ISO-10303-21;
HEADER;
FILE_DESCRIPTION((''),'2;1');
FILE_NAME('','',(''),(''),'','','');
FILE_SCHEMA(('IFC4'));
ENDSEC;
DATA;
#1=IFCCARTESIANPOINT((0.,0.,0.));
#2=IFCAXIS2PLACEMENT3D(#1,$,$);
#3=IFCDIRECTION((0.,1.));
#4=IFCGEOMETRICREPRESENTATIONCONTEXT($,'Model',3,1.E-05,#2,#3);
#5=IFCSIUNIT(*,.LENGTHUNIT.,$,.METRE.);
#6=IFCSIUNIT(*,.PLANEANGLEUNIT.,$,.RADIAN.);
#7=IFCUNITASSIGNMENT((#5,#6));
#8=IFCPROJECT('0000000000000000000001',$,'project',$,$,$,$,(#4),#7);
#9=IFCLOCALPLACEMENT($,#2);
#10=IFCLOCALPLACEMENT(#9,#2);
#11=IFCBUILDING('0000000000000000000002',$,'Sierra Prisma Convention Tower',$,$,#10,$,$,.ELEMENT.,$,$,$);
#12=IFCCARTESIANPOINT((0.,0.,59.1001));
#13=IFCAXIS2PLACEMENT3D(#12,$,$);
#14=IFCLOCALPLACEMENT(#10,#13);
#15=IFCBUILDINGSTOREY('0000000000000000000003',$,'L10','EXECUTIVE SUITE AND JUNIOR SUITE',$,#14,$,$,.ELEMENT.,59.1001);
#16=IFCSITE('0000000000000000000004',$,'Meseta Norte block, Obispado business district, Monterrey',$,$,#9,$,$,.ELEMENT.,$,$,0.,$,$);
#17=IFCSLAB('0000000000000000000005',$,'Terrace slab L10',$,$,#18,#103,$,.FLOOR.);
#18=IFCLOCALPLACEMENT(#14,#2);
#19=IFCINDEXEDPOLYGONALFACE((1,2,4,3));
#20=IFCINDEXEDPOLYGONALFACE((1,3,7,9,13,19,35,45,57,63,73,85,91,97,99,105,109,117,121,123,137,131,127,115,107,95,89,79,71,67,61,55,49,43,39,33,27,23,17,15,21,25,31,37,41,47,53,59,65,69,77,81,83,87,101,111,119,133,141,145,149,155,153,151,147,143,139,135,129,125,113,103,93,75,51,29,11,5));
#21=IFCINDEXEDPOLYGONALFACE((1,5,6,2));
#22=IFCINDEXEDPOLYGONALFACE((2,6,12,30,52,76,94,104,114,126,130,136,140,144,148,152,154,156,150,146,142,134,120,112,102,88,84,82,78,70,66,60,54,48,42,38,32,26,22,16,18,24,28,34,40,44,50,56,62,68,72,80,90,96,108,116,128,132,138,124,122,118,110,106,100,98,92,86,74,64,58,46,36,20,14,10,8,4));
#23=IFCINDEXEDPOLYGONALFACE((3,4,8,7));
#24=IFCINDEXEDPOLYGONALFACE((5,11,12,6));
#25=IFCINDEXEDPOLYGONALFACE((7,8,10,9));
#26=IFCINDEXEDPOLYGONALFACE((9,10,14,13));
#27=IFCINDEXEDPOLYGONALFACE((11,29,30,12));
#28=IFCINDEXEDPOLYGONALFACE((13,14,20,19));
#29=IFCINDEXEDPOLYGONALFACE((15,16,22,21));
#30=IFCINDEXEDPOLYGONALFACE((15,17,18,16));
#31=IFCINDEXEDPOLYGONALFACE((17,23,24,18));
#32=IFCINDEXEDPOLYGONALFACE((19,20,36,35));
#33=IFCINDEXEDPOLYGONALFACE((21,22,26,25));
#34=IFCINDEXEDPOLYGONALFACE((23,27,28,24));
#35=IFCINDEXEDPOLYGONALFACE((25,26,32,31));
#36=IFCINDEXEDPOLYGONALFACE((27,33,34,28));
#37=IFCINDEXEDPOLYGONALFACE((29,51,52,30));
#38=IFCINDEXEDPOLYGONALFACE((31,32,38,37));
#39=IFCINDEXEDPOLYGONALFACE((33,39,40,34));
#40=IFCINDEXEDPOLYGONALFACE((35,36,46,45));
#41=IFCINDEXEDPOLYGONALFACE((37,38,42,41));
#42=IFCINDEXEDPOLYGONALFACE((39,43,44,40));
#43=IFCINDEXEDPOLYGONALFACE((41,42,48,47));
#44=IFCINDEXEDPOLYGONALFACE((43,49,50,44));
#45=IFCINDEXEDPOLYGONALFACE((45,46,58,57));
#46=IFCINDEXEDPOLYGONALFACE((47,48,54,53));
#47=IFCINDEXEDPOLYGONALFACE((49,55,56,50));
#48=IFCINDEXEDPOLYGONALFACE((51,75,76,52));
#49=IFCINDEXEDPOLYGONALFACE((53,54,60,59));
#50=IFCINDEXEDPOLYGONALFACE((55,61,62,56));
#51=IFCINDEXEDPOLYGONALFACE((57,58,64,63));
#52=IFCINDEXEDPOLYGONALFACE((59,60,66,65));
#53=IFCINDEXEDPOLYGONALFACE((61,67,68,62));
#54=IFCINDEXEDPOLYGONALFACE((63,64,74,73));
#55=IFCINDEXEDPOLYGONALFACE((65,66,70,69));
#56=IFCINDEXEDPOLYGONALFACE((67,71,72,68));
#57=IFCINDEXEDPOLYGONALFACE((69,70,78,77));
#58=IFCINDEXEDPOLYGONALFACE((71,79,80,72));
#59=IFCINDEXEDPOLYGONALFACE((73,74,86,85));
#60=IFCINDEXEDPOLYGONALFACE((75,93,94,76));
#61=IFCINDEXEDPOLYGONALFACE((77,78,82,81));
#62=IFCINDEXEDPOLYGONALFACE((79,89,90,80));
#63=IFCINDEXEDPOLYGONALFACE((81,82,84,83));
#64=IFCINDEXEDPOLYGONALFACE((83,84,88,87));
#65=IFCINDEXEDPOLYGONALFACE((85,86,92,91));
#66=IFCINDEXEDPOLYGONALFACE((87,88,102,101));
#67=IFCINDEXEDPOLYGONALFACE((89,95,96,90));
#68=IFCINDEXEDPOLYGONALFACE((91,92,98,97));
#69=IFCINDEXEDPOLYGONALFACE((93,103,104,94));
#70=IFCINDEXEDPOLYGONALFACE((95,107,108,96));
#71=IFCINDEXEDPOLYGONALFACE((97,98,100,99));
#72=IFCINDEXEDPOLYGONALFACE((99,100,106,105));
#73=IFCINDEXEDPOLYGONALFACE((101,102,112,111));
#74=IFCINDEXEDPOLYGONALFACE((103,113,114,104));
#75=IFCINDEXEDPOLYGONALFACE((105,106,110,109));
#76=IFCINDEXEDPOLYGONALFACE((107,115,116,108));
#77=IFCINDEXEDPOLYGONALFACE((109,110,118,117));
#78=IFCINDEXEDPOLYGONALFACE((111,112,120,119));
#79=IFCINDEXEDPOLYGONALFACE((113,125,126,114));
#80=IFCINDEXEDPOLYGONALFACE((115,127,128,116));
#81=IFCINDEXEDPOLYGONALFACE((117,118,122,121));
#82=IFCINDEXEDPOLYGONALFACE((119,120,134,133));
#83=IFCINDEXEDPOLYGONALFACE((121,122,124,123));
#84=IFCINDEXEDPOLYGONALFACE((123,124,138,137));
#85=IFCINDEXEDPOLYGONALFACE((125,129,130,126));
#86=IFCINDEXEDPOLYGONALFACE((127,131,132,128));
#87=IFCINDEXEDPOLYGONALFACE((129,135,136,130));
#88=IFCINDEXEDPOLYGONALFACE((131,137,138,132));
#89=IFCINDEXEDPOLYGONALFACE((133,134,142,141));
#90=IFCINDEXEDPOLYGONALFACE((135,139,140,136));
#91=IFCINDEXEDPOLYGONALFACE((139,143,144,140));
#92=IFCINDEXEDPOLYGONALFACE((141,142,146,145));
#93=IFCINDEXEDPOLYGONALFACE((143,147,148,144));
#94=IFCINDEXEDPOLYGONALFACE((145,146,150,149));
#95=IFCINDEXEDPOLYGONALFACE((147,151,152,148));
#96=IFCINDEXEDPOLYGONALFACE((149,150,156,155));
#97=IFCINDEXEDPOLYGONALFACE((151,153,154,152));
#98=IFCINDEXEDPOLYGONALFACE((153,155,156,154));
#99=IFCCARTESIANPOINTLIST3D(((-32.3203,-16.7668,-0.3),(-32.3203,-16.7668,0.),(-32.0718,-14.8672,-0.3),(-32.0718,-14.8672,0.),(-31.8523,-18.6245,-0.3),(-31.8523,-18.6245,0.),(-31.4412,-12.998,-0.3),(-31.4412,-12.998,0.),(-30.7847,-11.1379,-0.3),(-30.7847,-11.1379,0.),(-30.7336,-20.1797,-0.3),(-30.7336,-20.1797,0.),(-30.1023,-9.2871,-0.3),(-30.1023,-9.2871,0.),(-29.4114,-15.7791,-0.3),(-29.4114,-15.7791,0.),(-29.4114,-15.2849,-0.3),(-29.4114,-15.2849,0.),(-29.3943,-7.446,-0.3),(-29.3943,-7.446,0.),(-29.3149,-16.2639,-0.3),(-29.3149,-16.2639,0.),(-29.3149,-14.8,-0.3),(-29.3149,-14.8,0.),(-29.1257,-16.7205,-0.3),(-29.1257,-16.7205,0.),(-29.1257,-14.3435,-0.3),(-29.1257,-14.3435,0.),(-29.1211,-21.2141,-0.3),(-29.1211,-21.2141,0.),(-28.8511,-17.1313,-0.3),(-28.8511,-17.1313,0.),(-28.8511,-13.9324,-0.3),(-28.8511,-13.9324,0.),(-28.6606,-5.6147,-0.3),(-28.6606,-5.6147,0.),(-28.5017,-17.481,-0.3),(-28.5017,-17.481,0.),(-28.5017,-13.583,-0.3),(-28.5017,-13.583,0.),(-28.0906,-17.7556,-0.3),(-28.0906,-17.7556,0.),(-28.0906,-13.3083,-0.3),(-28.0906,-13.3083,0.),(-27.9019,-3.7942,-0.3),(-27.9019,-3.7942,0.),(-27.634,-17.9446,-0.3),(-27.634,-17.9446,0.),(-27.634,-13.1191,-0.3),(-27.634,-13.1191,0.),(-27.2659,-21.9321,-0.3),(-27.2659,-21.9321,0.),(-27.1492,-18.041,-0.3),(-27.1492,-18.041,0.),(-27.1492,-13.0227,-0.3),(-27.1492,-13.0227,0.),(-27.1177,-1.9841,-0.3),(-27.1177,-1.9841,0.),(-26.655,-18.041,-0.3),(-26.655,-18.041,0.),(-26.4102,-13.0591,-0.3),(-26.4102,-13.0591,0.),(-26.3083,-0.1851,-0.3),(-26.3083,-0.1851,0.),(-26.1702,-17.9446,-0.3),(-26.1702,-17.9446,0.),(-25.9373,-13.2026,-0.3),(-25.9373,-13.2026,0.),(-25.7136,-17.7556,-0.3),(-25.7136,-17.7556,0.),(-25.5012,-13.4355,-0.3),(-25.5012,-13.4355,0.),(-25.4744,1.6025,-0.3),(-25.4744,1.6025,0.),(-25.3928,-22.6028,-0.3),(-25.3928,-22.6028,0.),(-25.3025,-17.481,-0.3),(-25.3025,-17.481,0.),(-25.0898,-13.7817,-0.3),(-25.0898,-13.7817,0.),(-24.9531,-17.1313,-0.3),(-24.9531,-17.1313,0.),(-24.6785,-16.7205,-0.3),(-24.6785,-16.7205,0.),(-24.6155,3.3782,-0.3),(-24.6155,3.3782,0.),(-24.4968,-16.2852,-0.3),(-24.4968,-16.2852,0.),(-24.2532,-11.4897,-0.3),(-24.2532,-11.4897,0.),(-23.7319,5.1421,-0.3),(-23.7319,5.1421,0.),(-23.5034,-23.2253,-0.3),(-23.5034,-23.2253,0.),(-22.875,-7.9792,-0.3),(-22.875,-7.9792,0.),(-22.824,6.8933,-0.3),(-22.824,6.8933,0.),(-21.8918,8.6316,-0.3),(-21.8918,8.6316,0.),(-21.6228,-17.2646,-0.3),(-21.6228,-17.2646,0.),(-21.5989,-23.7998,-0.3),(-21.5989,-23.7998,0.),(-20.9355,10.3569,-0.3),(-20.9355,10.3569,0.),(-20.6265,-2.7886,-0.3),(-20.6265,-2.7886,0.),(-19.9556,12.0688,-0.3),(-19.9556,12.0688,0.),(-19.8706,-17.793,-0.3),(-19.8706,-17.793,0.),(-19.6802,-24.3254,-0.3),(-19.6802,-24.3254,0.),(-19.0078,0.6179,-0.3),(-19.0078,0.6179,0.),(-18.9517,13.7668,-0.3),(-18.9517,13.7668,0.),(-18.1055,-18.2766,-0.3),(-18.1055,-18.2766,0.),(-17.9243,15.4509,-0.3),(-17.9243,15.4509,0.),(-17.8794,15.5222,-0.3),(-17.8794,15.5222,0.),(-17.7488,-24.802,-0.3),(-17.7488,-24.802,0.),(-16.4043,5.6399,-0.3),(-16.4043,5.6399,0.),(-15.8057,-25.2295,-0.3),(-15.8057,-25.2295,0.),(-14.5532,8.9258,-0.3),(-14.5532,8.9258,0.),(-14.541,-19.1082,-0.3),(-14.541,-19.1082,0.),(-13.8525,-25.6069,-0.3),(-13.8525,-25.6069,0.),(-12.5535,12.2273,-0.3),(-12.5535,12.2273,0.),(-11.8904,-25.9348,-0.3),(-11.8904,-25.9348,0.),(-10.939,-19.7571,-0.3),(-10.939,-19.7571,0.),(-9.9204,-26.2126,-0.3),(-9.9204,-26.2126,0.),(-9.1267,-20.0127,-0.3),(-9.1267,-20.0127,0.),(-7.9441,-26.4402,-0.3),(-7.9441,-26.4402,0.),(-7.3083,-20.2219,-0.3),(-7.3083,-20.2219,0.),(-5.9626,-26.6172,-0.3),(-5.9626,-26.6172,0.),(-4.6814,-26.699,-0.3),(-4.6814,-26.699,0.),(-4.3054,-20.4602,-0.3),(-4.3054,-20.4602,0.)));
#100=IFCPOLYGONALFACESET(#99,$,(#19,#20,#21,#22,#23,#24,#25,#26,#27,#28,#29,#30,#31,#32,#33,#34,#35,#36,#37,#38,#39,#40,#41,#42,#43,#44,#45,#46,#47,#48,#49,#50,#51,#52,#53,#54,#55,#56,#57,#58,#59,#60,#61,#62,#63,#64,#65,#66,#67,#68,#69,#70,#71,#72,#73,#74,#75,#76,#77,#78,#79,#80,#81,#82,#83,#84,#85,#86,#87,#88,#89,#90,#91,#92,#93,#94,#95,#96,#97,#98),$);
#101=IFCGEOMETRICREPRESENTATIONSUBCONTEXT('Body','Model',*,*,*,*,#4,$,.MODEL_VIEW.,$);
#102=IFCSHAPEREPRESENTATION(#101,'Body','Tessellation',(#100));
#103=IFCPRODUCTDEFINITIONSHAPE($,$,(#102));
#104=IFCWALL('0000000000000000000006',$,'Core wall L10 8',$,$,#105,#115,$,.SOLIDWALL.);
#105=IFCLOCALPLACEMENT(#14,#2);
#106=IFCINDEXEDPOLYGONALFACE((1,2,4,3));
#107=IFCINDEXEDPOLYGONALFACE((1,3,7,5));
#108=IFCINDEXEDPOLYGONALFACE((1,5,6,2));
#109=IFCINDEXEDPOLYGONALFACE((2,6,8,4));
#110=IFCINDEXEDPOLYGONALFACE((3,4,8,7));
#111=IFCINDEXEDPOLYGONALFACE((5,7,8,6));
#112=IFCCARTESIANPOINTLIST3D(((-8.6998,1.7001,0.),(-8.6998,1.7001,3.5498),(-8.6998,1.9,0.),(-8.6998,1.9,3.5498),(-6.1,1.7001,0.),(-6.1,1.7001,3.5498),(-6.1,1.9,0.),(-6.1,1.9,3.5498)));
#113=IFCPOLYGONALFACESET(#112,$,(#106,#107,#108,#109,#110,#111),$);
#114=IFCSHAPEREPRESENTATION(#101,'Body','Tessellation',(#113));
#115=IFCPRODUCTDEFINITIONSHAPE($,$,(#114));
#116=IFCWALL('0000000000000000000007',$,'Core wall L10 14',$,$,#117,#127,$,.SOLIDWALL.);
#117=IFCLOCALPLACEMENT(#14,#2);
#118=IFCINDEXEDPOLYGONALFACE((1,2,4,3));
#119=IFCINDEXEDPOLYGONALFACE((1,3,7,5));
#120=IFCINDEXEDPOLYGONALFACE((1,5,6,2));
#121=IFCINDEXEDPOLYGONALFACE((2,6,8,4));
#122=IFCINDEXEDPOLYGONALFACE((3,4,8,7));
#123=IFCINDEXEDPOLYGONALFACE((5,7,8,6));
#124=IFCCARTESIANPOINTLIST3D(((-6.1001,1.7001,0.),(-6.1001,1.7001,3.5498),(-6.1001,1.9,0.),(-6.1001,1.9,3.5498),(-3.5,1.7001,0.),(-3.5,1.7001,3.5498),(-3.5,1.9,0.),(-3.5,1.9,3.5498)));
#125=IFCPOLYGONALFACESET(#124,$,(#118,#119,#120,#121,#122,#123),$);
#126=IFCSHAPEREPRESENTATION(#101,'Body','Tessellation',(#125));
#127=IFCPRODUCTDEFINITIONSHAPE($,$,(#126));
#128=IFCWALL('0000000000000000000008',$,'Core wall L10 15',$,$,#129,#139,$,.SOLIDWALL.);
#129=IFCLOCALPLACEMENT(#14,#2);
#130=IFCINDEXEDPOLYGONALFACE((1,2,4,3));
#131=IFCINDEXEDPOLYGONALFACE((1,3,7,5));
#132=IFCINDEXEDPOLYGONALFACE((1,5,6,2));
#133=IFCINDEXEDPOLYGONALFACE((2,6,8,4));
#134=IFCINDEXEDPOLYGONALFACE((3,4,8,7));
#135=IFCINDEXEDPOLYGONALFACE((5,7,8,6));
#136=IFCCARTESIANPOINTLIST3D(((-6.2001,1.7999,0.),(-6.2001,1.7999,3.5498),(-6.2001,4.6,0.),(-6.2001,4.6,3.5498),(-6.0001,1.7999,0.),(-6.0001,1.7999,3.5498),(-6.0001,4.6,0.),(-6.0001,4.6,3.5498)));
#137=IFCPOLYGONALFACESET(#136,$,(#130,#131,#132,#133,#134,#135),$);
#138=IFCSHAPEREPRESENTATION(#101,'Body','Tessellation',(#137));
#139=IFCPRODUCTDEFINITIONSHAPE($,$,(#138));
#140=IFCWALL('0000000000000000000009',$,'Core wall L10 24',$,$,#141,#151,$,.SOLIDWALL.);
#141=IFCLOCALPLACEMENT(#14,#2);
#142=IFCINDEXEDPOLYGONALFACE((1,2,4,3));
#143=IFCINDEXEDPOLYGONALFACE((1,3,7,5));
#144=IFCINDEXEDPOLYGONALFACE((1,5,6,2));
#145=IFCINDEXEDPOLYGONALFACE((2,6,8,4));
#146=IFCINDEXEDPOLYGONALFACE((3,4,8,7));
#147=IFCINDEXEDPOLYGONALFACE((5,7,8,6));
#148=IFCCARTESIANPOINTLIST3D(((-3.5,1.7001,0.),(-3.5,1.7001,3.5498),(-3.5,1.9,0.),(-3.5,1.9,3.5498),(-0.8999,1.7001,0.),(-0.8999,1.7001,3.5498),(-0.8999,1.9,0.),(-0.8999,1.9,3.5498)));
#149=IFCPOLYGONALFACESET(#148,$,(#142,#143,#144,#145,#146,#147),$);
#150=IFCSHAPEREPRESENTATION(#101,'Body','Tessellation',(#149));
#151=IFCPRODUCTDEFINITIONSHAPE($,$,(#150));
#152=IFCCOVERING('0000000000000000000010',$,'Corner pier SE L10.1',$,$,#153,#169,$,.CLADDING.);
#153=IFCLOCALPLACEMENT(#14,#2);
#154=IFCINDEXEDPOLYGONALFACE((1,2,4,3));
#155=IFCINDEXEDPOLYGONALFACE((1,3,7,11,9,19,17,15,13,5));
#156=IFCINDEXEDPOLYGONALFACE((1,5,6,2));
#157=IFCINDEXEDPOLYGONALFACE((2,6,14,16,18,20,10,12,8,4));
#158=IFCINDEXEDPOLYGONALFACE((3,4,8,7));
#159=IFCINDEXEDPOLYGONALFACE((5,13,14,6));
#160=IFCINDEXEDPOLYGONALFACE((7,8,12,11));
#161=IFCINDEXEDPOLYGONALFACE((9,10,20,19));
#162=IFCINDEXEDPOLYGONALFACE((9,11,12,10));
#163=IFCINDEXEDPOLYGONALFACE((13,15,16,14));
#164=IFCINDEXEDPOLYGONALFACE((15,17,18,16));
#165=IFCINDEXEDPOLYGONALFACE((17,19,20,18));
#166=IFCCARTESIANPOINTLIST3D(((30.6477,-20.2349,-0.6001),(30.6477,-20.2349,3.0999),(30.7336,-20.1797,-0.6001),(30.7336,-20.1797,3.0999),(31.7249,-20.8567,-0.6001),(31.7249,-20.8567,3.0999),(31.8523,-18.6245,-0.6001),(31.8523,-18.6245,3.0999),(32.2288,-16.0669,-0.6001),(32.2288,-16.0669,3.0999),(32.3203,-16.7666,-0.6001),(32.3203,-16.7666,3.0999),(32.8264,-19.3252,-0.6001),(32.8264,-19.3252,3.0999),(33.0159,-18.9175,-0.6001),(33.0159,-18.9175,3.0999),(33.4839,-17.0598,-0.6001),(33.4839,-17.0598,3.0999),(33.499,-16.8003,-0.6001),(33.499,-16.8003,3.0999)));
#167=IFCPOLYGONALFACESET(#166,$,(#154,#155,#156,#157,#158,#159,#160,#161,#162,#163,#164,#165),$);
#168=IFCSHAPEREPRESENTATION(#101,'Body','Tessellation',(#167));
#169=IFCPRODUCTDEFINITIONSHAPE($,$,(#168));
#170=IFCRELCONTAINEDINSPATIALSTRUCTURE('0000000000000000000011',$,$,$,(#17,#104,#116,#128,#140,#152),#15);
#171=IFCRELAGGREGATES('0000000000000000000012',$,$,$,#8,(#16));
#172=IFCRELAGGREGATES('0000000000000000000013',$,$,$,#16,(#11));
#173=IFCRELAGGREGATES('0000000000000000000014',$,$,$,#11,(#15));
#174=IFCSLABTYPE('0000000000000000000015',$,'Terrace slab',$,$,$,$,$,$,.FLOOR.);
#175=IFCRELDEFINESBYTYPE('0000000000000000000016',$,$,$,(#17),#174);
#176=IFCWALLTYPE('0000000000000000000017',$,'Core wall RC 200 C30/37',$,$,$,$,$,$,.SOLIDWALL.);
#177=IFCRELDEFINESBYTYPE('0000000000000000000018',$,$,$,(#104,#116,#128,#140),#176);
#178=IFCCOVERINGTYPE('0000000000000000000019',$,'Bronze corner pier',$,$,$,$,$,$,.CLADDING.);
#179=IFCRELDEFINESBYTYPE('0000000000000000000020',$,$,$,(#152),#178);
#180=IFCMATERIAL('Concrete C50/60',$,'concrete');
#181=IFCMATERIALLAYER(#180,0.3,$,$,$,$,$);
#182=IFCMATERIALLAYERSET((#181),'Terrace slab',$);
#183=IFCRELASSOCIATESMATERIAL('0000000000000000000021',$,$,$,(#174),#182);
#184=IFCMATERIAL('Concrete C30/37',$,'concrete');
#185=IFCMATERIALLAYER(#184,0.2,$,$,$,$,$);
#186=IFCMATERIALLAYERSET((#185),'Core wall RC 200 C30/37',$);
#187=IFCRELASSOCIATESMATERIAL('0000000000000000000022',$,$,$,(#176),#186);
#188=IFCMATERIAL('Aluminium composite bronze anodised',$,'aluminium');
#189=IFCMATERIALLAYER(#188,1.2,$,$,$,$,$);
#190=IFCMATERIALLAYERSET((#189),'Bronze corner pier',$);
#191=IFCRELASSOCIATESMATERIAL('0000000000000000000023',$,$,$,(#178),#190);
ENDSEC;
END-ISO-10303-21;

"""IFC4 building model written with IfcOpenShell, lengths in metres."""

from ifc_helpers import new_model, si_unit, direction, frame, frame_2d, origin, place, context, subcontext, project, spatial, polyline, rectangle, outline, extrude, material, layer, layer_set, type_object, element, save


model = new_model("IFC4")

# Units and contexts
model_context = context("Model", 3, precision=1e-05, world=origin(), true_north=direction((0.0, 1.0)))
body_context = subcontext(model_context, "Body", "Model", "MODEL_VIEW")
ifc_project = project(units=[si_unit("LENGTHUNIT", "METRE"), si_unit("PLANEANGLEUNIT", "RADIAN")], contexts=[model_context])

# Site, building, storey
site_placement = place(None, origin())
site = spatial("IfcSite", under=ifc_project, at=site_placement, Name="Meseta Norte block, Obispado business district, Monterrey", CompositionType="ELEMENT", RefElevation=0.0)
building_placement = place(site_placement, origin())
building = spatial("IfcBuilding", under=site, at=building_placement, Name="Sierra Prisma Convention Tower", CompositionType="ELEMENT")
storey_placement = place(building_placement, frame((0.0, 0.0, 59.1001)))
storey = spatial("IfcBuildingStorey", under=building, at=storey_placement, Name="L10", Description="EXECUTIVE SUITE AND JUNIOR SUITE", CompositionType="ELEMENT", Elevation=59.1001)

# Slab
ifc_material_1 = material(Name="Concrete C50/60", Category="concrete")
ifc_layer_1 = layer(ifc_material_1, 0.3)
ifc_layer_set_1 = layer_set([ifc_layer_1], Name="Terrace slab")
slab_type_1 = type_object("IfcSlabType", Name="Terrace slab", PredefinedType="FLOOR", material=ifc_layer_set_1)
slab_1_placement = place(storey_placement, frame((0.0, 0.0, -0.3)))
element("IfcSlab", 1, at=slab_1_placement, inside=storey, type_object=slab_type_1, Name="Terrace slab L10", PredefinedType="FLOOR", context=body_context, shape_type="SweptSolid", body=[
    extrude(outline(polyline([(-17.8794, 15.5222), (-17.9243, 15.4509), (-18.9517, 13.7668), (-19.9556, 12.0688), (-20.9355, 10.3569), (-21.8918, 8.6316), (-22.824, 6.8933), (-23.7319, 5.1421), (-24.6155, 3.3782), (-25.4744, 1.6025), (-26.3083, -0.1851), (-27.1177, -1.9841), (-27.9019, -3.7942), (-28.6606, -5.6147), (-29.3943, -7.446), (-30.1023, -9.2871), (-30.7847, -11.1379), (-31.4412, -12.998), (-32.0718, -14.8672), (-32.3203, -16.7668), (-31.8523, -18.6245), (-30.7336, -20.1797), (-29.1211, -21.2141), (-27.2659, -21.9321), (-25.3928, -22.6028), (-23.5034, -23.2253), (-21.5989, -23.7998), (-19.6802, -24.3254), (-17.7488, -24.802), (-15.8057, -25.2295), (-13.8525, -25.6069), (-11.8904, -25.9348), (-9.9204, -26.2126), (-7.9441, -26.4402), (-5.9626, -26.6172), (-4.6814, -26.699), (-4.3054, -20.4602), (-7.3083, -20.2219), (-9.1267, -20.0127), (-10.939, -19.7571), (-14.541, -19.1082), (-18.1055, -18.2766), (-19.8706, -17.793), (-21.6228, -17.2646), (-24.4968, -16.2852), (-24.6785, -16.7205), (-24.9531, -17.1313), (-25.3025, -17.481), (-25.7136, -17.7556), (-26.1702, -17.9446), (-26.655, -18.041), (-27.1492, -18.041), (-27.634, -17.9446), (-28.0906, -17.7556), (-28.5017, -17.481), (-28.8511, -17.1313), (-29.1257, -16.7205), (-29.3149, -16.2639), (-29.4114, -15.7791), (-29.4114, -15.2849), (-29.3149, -14.8), (-29.1257, -14.3435), (-28.8511, -13.9324), (-28.5017, -13.583), (-28.0906, -13.3083), (-27.634, -13.1191), (-27.1492, -13.0227), (-26.4102, -13.0591), (-25.9373, -13.2026), (-25.5012, -13.4355), (-25.0898, -13.7817), (-24.2532, -11.4897), (-22.875, -7.9792), (-20.6265, -2.7886), (-19.0078, 0.6179), (-16.4043, 5.6399), (-14.5532, 8.9258), (-12.5535, 12.2273), (-17.8794, 15.5222)])), origin(), (0.0, 0.0, 1.0), 0.3),
])

# Walls
ifc_material_2 = material(Name="Concrete C30/37", Category="concrete")
ifc_layer_2 = layer(ifc_material_2, 0.2)
ifc_layer_set_2 = layer_set([ifc_layer_2], Name="Core wall RC 200 C30/37")
wall_type = type_object("IfcWallType", Name="Core wall RC 200 C30/37", PredefinedType="SOLIDWALL", material=ifc_layer_set_2)
wall_1_placement = place(storey_placement, frame((-6.1001, 1.8, 0.0), z_axis=(0.0, 0.0, 1.0), x_axis=(-1.0, 0.0, 0.0)))
element("IfcWall", 2, at=wall_1_placement, inside=storey, type_object=wall_type, Name="Core wall L10 8", PredefinedType="SOLIDWALL", context=body_context, shape_type="SweptSolid", body=[
    extrude(rectangle(XDim=2.5999, YDim=0.2, at=frame_2d((1.2998, 0.0))), origin(), (0.0, 0.0, 1.0), 3.5498),
])
wall_2_placement = place(storey_placement, frame((-3.5, 1.8, 0.0), z_axis=(0.0, 0.0, 1.0), x_axis=(-1.0, 0.0, 0.0)))
element("IfcWall", 3, at=wall_2_placement, inside=storey, type_object=wall_type, Name="Core wall L10 14", PredefinedType="SOLIDWALL", context=body_context, shape_type="SweptSolid", body=[
    extrude(rectangle(XDim=2.6001, YDim=0.2, at=frame_2d((1.3, 0.0))), origin(), (0.0, 0.0, 1.0), 3.5498),
])
wall_3_placement = place(storey_placement, frame((-6.1001, 1.8, 0.0), z_axis=(0.0, 0.0, 1.0), x_axis=(0.0, 1.0, 0.0)))
element("IfcWall", 4, at=wall_3_placement, inside=storey, type_object=wall_type, Name="Core wall L10 15", PredefinedType="SOLIDWALL", context=body_context, shape_type="SweptSolid", body=[
    extrude(rectangle(XDim=2.8, YDim=0.2, at=frame_2d((1.3999, 0.0))), origin(), (0.0, 0.0, 1.0), 3.5498),
])
wall_4_placement = place(storey_placement, frame((-0.8999, 1.8, 0.0), z_axis=(0.0, 0.0, 1.0), x_axis=(-1.0, 0.0, 0.0)))
element("IfcWall", 5, at=wall_4_placement, inside=storey, type_object=wall_type, Name="Core wall L10 24", PredefinedType="SOLIDWALL", context=body_context, shape_type="SweptSolid", body=[
    extrude(rectangle(XDim=2.6001, YDim=0.2, at=frame_2d((1.3, 0.0))), origin(), (0.0, 0.0, 1.0), 3.5498),
])

# Covering
ifc_material_3 = material(Name="Aluminium composite bronze anodised", Category="aluminium")
ifc_layer_3 = layer(ifc_material_3, 1.2)
ifc_layer_set_3 = layer_set([ifc_layer_3], Name="Bronze corner pier")
covering_type_1 = type_object("IfcCoveringType", Name="Bronze corner pier", PredefinedType="CLADDING", material=ifc_layer_set_3)
covering_1_placement = place(storey_placement, frame((0.0, 0.0, -0.6001)))
element("IfcCovering", 6, at=covering_1_placement, inside=storey, type_object=covering_type_1, Name="Corner pier SE L10.1", PredefinedType="CLADDING", context=body_context, shape_type="SweptSolid", body=[
    extrude(outline(polyline([(33.0159, -18.9175), (32.8264, -19.3252), (31.7249, -20.8567), (30.6477, -20.2349), (30.7336, -20.1797), (31.8523, -18.6245), (32.3203, -16.7666), (32.2288, -16.0669), (33.499, -16.8003), (33.4839, -17.0598), (33.0159, -18.9175)])), origin(), (0.0, 0.0, 1.0), 3.7),
])

save(model, "model.ifc")
